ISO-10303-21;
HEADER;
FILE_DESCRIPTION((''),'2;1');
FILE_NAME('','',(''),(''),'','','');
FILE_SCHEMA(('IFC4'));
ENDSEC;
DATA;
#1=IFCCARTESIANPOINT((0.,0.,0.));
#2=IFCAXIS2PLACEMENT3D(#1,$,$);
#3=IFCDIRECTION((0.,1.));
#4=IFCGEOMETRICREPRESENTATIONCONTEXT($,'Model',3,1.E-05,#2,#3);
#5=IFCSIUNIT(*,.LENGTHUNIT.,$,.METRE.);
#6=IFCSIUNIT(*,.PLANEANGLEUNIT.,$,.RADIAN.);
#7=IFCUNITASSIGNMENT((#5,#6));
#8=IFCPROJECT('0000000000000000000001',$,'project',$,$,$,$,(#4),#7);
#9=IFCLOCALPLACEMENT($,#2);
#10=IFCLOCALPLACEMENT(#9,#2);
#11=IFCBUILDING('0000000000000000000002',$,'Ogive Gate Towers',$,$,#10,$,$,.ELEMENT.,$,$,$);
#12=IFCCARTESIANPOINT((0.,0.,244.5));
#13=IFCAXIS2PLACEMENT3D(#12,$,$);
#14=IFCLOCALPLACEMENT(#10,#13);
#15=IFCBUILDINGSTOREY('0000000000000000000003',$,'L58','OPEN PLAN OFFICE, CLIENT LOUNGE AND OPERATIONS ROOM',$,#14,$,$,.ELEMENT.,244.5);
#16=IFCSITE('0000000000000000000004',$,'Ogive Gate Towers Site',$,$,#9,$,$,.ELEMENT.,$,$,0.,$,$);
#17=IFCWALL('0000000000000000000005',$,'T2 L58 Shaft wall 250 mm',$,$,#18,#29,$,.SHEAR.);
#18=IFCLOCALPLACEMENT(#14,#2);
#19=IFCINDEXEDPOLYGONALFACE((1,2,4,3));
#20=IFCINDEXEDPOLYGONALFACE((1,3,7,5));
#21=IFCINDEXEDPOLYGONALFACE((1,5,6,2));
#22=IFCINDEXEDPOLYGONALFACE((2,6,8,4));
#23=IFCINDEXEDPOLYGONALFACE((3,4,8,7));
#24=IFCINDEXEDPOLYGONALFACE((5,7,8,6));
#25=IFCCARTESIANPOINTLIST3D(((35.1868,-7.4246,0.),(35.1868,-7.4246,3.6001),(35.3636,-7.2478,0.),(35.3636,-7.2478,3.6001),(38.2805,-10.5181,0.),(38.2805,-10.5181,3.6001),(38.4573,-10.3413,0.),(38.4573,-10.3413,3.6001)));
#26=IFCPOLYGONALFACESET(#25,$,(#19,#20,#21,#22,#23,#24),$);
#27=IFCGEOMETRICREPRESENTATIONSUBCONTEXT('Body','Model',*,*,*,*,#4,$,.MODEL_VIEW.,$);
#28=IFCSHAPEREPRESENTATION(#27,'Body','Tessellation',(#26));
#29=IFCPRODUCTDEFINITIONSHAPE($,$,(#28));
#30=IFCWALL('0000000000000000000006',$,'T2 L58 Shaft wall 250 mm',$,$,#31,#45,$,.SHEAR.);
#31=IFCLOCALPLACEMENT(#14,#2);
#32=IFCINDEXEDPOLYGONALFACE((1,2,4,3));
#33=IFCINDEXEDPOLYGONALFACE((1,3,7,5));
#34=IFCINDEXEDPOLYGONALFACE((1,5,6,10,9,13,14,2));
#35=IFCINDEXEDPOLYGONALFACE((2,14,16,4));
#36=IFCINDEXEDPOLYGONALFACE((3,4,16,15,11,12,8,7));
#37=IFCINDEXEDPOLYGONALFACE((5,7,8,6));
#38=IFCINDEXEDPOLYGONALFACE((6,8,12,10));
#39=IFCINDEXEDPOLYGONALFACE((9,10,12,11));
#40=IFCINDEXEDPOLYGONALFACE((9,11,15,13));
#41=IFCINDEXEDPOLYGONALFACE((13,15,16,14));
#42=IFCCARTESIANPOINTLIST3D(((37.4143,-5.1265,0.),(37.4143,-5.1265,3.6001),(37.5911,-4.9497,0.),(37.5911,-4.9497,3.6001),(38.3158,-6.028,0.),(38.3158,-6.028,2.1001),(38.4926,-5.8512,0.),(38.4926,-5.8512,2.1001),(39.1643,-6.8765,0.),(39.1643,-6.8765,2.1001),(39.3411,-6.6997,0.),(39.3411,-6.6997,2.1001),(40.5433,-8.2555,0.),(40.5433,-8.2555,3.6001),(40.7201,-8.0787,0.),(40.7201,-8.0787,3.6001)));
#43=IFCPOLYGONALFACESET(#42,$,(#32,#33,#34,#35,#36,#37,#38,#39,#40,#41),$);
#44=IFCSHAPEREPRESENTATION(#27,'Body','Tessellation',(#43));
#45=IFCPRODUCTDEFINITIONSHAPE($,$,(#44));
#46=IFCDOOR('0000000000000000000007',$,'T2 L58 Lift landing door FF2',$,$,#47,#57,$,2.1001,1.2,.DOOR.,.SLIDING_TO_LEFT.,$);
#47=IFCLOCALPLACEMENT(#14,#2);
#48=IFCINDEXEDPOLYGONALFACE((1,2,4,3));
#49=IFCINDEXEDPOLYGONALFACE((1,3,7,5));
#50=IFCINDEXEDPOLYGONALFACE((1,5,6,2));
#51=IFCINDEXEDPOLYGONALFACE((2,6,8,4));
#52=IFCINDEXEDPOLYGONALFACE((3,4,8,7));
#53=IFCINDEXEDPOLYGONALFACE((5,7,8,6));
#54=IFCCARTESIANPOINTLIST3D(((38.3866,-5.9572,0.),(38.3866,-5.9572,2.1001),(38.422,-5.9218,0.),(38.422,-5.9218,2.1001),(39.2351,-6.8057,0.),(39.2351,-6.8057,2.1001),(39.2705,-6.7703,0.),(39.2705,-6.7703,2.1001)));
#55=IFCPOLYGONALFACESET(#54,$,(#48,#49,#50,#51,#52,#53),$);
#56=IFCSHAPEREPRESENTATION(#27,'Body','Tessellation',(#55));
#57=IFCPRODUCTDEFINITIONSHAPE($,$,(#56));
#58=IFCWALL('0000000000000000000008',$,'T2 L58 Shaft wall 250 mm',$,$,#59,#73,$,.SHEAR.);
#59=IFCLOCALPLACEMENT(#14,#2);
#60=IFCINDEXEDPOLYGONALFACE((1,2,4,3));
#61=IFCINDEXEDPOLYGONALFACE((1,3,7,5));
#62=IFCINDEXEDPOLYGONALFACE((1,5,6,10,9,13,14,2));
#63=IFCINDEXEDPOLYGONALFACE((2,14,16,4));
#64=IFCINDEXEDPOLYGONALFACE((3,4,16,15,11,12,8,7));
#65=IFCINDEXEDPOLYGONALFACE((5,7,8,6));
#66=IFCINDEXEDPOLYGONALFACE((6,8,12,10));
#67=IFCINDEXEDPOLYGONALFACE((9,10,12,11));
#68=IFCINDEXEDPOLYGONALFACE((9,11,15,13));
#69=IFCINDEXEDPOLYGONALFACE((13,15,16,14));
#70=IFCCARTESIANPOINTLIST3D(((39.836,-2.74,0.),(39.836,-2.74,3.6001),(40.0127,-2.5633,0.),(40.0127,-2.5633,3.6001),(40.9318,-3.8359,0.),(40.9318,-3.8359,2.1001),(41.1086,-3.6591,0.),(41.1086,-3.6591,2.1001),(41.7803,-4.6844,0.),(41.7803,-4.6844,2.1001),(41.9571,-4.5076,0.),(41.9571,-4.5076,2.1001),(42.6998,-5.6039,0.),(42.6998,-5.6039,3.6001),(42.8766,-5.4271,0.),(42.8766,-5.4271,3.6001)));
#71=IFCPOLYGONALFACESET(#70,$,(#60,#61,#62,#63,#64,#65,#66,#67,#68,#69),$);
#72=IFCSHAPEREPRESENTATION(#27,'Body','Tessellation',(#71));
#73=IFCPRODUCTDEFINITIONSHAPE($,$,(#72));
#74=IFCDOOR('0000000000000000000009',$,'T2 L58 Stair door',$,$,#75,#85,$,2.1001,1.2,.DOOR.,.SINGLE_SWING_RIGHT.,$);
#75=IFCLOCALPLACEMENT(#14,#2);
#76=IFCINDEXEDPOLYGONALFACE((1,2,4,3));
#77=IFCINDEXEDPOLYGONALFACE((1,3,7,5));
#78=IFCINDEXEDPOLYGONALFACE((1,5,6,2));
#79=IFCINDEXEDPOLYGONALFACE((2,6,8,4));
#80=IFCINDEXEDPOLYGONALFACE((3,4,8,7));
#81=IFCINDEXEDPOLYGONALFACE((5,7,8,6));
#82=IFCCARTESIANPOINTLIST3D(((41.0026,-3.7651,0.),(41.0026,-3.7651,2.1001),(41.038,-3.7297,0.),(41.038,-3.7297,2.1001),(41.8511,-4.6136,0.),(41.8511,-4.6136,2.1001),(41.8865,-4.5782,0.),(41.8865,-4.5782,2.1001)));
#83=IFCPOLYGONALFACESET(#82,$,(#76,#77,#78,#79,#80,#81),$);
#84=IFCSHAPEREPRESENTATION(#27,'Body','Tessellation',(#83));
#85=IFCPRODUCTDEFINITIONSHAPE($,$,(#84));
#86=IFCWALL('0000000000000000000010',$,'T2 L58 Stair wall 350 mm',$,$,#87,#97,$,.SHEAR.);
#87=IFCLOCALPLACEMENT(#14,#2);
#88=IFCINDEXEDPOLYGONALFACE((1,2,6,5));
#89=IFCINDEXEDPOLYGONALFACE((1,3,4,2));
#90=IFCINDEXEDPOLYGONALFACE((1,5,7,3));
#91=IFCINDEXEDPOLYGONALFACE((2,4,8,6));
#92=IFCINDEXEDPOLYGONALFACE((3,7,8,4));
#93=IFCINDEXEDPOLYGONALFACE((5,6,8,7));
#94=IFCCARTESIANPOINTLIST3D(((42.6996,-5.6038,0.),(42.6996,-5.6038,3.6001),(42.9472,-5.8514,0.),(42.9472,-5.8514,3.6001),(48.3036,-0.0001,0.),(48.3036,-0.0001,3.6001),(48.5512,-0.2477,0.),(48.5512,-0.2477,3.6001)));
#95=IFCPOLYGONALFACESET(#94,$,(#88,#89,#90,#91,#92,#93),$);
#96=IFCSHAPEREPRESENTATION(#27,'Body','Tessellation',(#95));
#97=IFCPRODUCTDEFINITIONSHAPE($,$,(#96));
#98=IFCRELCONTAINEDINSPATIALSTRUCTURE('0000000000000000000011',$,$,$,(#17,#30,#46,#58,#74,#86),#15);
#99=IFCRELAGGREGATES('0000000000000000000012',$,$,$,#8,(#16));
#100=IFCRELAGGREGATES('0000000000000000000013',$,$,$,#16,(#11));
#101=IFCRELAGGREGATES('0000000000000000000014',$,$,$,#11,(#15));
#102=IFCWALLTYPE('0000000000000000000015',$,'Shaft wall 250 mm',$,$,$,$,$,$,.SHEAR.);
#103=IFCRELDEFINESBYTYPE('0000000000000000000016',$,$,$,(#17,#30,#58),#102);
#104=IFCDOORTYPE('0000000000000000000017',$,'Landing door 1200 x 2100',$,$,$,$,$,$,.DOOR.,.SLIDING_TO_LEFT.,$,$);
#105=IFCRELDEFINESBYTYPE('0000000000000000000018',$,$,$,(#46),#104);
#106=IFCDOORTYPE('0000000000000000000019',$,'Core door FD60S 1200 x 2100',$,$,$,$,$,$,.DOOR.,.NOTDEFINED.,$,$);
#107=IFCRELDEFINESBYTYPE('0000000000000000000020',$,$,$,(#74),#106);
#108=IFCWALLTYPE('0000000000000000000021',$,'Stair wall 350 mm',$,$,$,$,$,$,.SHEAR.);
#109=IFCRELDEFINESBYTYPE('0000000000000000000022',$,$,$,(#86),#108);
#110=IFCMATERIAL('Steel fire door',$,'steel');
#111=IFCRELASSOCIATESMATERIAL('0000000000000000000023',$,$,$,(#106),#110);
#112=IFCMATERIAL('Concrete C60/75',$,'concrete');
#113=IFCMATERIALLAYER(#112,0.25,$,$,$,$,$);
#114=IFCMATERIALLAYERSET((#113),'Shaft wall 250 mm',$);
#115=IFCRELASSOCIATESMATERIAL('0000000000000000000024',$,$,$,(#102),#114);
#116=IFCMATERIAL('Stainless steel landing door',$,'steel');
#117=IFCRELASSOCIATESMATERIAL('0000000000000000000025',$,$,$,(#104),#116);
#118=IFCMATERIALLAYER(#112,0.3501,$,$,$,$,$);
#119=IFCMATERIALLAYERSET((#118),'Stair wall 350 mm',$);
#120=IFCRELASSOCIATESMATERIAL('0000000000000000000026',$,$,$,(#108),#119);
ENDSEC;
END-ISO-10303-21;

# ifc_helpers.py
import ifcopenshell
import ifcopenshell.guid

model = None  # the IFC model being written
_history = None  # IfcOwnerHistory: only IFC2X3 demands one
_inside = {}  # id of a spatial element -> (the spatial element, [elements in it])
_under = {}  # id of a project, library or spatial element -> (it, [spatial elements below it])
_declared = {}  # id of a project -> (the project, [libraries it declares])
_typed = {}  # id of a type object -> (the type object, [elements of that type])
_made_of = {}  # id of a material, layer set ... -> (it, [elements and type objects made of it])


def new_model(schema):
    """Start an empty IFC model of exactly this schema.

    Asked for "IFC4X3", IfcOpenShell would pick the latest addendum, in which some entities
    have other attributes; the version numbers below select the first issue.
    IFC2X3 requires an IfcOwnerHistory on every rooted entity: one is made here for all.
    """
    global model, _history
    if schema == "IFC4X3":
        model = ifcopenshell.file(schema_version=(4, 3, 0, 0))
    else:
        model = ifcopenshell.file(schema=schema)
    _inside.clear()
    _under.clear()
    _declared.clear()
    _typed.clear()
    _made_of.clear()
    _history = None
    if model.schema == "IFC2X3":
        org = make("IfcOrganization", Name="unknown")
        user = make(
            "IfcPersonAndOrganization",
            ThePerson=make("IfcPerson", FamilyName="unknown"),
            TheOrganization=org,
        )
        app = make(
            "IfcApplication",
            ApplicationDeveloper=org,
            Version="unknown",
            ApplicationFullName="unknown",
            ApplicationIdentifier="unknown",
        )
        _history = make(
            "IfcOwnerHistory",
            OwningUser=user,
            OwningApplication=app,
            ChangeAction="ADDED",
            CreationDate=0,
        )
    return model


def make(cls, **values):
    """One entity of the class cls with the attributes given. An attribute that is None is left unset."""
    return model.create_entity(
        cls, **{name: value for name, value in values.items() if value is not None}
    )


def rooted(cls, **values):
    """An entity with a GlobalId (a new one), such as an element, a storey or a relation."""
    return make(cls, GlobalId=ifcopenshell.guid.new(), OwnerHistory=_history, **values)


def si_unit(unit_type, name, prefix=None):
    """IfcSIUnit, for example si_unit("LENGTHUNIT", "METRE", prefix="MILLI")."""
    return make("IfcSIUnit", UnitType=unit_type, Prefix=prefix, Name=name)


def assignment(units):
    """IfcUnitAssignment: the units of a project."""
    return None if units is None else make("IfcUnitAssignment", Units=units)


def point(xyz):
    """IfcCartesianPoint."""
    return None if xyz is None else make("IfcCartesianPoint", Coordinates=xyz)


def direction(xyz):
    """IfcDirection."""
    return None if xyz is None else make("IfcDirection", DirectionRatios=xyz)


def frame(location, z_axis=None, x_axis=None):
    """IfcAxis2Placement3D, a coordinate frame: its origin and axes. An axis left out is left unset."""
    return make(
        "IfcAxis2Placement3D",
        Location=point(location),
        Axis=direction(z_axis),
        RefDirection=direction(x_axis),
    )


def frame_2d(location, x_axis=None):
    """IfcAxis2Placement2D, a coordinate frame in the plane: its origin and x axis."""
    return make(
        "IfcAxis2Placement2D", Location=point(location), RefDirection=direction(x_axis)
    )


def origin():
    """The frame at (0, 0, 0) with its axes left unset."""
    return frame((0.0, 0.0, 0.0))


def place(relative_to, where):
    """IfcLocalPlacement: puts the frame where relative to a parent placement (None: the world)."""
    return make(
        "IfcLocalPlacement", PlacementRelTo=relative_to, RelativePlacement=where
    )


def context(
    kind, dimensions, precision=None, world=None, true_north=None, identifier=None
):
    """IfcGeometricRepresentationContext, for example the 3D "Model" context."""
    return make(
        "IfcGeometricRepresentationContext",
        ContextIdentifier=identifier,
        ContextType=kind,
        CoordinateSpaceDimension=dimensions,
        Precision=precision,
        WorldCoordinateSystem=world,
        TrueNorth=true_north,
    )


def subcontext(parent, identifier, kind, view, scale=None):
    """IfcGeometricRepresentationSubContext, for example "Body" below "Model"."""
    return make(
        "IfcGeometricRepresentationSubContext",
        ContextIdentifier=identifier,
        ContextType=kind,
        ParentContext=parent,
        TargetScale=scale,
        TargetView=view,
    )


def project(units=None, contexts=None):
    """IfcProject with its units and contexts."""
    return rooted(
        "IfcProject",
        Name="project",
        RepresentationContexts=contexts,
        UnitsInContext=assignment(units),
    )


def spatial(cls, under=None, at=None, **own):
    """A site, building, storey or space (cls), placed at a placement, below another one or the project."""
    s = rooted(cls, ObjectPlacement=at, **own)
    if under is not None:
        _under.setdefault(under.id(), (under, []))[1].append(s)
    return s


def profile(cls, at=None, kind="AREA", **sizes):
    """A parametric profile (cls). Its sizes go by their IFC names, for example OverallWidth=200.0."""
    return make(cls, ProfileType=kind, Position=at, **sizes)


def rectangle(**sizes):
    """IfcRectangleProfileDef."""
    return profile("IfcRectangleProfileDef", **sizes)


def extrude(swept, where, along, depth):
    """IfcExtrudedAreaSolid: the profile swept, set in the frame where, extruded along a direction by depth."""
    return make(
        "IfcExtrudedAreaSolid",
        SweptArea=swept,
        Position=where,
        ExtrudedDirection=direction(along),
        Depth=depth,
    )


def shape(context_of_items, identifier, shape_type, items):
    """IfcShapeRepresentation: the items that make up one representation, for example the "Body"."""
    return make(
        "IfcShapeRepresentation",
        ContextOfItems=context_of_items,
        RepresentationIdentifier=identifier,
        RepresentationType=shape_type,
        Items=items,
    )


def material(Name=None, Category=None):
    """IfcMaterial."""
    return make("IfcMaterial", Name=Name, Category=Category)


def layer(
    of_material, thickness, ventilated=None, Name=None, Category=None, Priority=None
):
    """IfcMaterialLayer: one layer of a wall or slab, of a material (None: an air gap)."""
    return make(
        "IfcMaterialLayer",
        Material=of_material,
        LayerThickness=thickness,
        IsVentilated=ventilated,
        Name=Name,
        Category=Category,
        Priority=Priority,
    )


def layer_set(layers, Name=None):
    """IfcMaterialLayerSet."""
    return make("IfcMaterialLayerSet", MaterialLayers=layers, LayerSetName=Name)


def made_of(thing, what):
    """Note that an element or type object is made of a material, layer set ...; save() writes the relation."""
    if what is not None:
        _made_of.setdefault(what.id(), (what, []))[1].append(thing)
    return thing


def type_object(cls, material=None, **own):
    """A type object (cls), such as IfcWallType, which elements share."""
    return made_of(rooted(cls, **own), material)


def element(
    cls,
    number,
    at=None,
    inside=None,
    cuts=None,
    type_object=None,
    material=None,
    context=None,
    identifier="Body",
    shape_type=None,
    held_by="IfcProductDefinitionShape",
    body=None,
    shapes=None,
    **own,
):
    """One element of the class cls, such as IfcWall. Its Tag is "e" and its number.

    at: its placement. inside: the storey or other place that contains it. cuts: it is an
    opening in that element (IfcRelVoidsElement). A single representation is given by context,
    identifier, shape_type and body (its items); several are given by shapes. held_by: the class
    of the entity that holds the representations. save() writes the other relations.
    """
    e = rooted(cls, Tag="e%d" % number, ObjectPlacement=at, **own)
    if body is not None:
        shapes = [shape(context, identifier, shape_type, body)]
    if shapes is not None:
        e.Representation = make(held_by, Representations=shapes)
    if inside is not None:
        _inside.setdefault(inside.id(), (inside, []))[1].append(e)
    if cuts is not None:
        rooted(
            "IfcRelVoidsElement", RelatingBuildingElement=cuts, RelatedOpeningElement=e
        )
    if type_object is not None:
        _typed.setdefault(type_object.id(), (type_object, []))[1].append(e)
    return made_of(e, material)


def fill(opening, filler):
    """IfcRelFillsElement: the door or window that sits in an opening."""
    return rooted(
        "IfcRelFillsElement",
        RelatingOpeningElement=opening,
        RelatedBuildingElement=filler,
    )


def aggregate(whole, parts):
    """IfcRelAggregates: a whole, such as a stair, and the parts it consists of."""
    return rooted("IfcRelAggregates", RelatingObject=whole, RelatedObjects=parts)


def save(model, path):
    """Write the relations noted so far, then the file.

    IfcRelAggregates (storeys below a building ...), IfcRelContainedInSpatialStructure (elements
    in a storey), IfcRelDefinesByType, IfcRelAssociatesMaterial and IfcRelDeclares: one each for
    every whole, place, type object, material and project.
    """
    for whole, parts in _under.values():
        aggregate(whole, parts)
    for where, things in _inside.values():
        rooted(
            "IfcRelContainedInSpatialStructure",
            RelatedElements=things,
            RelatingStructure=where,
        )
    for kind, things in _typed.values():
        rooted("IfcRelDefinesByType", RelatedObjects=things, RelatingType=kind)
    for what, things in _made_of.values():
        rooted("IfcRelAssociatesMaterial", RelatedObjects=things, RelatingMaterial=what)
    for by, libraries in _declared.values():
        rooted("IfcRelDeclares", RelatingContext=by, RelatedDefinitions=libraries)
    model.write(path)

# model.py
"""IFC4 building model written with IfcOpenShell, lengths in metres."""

from ifc_helpers import new_model, si_unit, direction, frame, frame_2d, origin, place, context, subcontext, project, spatial, rectangle, extrude, material, layer, layer_set, type_object, element, fill, save


model = new_model("IFC4")

# Units and contexts
model_context = context("Model", 3, precision=1e-05, world=origin(), true_north=direction((0.0, 1.0)))
body_context = subcontext(model_context, "Body", "Model", "MODEL_VIEW")
ifc_project = project(units=[si_unit("LENGTHUNIT", "METRE"), si_unit("PLANEANGLEUNIT", "RADIAN")], contexts=[model_context])

# Site, building, storey
site_placement = place(None, origin())
site = spatial("IfcSite", under=ifc_project, at=site_placement, Name="Ogive Gate Towers Site", CompositionType="ELEMENT", RefElevation=0.0)
building_placement = place(site_placement, origin())
building = spatial("IfcBuilding", under=site, at=building_placement, Name="Ogive Gate Towers", CompositionType="ELEMENT")
storey_placement = place(building_placement, frame((0.0, 0.0, 244.5)))
storey = spatial("IfcBuildingStorey", under=building, at=storey_placement, Name="L58", Description="OPEN PLAN OFFICE, CLIENT LOUNGE AND OPERATIONS ROOM", CompositionType="ELEMENT", Elevation=244.5)

# Shared definitions
ifc_material_1 = material(Name="Concrete C60/75", Category="concrete")
ifc_material_2 = material(Name="Steel fire door", Category="steel")
door_type_1 = type_object("IfcDoorType", Name="Core door FD60S 1200 x 2100", OperationType="NOTDEFINED", PredefinedType="DOOR", material=ifc_material_2)

# Wall
ifc_layer_1 = layer(ifc_material_1, 0.25)
ifc_layer_set_1 = layer_set([ifc_layer_1], Name="Shaft wall 250 mm")
wall_type_1 = type_object("IfcWallType", Name="Shaft wall 250 mm", PredefinedType="SHEAR", material=ifc_layer_set_1)
wall_1_placement = place(storey_placement, frame((38.3689, -10.4297, 0.0), z_axis=(0.0, 0.0, 1.0), x_axis=(-0.707135, 0.707079, 0.0)))
element("IfcWall", 1, at=wall_1_placement, inside=storey, type_object=wall_type_1, Name="T2 L58 Shaft wall 250 mm", PredefinedType="SHEAR", context=body_context, shape_type="SweptSolid", body=[
    extrude(rectangle(XDim=4.375, YDim=0.25, at=frame_2d((2.1875, 0.0))), origin(), (0.0, 0.0, 1.0), 3.6001),
])

# Walls, openings, doors
wall_2_placement = place(storey_placement, frame((40.6316, -8.167, 0.0), z_axis=(0.0, 0.0, 1.0), x_axis=(-0.707107, 0.707107, 0.0)))
wall_2 = element("IfcWall", 2, at=wall_2_placement, inside=storey, type_object=wall_type_1, Name="T2 L58 Shaft wall 250 mm", PredefinedType="SHEAR", context=body_context, shape_type="SweptSolid", body=[
    extrude(rectangle(XDim=4.425, YDim=0.25, at=frame_2d((2.2124, 0.0))), origin(), (0.0, 0.0, 1.0), 3.6001),
])
opening_1_placement = place(wall_2_placement, frame((1.95, 0.0, 0.0)))
opening_1 = element("IfcOpeningElement", 3, at=opening_1_placement, cuts=wall_2, PredefinedType="OPENING", context=body_context, shape_type="SweptSolid", body=[
    extrude(rectangle(XDim=1.2, YDim=2.1001, at=frame_2d((0.6001, 1.05))), frame((0.0, 0.135, 0.0), z_axis=(0.0, -1.0, 0.0), x_axis=(1.0, 0.0, 0.0)), (0.0, 0.0, 1.0), 0.27),
])
ifc_material_3 = material(Name="Stainless steel landing door", Category="steel")
door_type_2 = type_object("IfcDoorType", Name="Landing door 1200 x 2100", OperationType="SLIDING_TO_LEFT", PredefinedType="DOOR", material=ifc_material_3)
door_1_placement = place(opening_1_placement, origin())
door_1 = element("IfcDoor", 4, at=door_1_placement, inside=storey, type_object=door_type_2, Name="T2 L58 Lift landing door FF2", OperationType="SLIDING_TO_LEFT", OverallHeight=2.1001, OverallWidth=1.2, PredefinedType="DOOR", context=body_context, shape_type="SweptSolid", body=[
    extrude(rectangle(XDim=1.2, YDim=2.1001, at=frame_2d((0.6001, 1.05))), frame((0.0, 0.0249, 0.0), z_axis=(0.0, -1.0, 0.0), x_axis=(1.0, 0.0, 0.0)), (0.0, 0.0, 1.0), 0.05),
])
fill(opening_1, door_1)
wall_3_placement = place(storey_placement, frame((42.7881, -5.5154, 0.0), z_axis=(0.0, 0.0, 1.0), x_axis=(-0.707107, 0.707107, 0.0)))
wall_3 = element("IfcWall", 5, at=wall_3_placement, inside=storey, type_object=wall_type_1, Name="T2 L58 Shaft wall 250 mm", PredefinedType="SHEAR", context=body_context, shape_type="SweptSolid", body=[
    extrude(rectangle(XDim=4.05, YDim=0.25, at=frame_2d((2.0249, 0.0))), origin(), (0.0, 0.0, 1.0), 3.6001),
])
opening_2_placement = place(wall_3_placement, frame((1.3, 0.0, 0.0)))
opening_2 = element("IfcOpeningElement", 6, at=opening_2_placement, cuts=wall_3, PredefinedType="OPENING", context=body_context, shape_type="SweptSolid", body=[
    extrude(rectangle(XDim=1.2, YDim=2.1001, at=frame_2d((0.6001, 1.05))), frame((0.0, 0.135, 0.0), z_axis=(0.0, -1.0, 0.0), x_axis=(1.0, 0.0, 0.0)), (0.0, 0.0, 1.0), 0.27),
])
door_2_placement = place(opening_2_placement, origin())
door_2 = element("IfcDoor", 7, at=door_2_placement, inside=storey, type_object=door_type_1, Name="T2 L58 Stair door", OperationType="SINGLE_SWING_RIGHT", OverallHeight=2.1001, OverallWidth=1.2, PredefinedType="DOOR", context=body_context, shape_type="SweptSolid", body=[
    extrude(rectangle(XDim=1.2, YDim=2.1001, at=frame_2d((0.6001, 1.05))), frame((0.0, 0.0249, 0.0), z_axis=(0.0, -1.0, 0.0), x_axis=(1.0, 0.0, 0.0)), (0.0, 0.0, 1.0), 0.05),
])
fill(opening_2, door_2)

# Wall
ifc_layer_2 = layer(ifc_material_1, 0.3501)
ifc_layer_set_2 = layer_set([ifc_layer_2], Name="Stair wall 350 mm")
wall_type_2 = type_object("IfcWallType", Name="Stair wall 350 mm", PredefinedType="SHEAR", material=ifc_layer_set_2)
wall_4_placement = place(storey_placement, frame((42.8235, -5.7275, 0.0), z_axis=(0.0, 0.0, 1.0), x_axis=(0.707122, 0.707091, 0.0)))
element("IfcWall", 8, at=wall_4_placement, inside=storey, type_object=wall_type_2, Name="T2 L58 Stair wall 350 mm", PredefinedType="SHEAR", context=body_context, shape_type="SweptSolid", body=[
    extrude(rectangle(XDim=7.925, YDim=0.3501, at=frame_2d((3.9624, 0.0))), origin(), (0.0, 0.0, 1.0), 3.6001),
])

save(model, "model.ifc")
